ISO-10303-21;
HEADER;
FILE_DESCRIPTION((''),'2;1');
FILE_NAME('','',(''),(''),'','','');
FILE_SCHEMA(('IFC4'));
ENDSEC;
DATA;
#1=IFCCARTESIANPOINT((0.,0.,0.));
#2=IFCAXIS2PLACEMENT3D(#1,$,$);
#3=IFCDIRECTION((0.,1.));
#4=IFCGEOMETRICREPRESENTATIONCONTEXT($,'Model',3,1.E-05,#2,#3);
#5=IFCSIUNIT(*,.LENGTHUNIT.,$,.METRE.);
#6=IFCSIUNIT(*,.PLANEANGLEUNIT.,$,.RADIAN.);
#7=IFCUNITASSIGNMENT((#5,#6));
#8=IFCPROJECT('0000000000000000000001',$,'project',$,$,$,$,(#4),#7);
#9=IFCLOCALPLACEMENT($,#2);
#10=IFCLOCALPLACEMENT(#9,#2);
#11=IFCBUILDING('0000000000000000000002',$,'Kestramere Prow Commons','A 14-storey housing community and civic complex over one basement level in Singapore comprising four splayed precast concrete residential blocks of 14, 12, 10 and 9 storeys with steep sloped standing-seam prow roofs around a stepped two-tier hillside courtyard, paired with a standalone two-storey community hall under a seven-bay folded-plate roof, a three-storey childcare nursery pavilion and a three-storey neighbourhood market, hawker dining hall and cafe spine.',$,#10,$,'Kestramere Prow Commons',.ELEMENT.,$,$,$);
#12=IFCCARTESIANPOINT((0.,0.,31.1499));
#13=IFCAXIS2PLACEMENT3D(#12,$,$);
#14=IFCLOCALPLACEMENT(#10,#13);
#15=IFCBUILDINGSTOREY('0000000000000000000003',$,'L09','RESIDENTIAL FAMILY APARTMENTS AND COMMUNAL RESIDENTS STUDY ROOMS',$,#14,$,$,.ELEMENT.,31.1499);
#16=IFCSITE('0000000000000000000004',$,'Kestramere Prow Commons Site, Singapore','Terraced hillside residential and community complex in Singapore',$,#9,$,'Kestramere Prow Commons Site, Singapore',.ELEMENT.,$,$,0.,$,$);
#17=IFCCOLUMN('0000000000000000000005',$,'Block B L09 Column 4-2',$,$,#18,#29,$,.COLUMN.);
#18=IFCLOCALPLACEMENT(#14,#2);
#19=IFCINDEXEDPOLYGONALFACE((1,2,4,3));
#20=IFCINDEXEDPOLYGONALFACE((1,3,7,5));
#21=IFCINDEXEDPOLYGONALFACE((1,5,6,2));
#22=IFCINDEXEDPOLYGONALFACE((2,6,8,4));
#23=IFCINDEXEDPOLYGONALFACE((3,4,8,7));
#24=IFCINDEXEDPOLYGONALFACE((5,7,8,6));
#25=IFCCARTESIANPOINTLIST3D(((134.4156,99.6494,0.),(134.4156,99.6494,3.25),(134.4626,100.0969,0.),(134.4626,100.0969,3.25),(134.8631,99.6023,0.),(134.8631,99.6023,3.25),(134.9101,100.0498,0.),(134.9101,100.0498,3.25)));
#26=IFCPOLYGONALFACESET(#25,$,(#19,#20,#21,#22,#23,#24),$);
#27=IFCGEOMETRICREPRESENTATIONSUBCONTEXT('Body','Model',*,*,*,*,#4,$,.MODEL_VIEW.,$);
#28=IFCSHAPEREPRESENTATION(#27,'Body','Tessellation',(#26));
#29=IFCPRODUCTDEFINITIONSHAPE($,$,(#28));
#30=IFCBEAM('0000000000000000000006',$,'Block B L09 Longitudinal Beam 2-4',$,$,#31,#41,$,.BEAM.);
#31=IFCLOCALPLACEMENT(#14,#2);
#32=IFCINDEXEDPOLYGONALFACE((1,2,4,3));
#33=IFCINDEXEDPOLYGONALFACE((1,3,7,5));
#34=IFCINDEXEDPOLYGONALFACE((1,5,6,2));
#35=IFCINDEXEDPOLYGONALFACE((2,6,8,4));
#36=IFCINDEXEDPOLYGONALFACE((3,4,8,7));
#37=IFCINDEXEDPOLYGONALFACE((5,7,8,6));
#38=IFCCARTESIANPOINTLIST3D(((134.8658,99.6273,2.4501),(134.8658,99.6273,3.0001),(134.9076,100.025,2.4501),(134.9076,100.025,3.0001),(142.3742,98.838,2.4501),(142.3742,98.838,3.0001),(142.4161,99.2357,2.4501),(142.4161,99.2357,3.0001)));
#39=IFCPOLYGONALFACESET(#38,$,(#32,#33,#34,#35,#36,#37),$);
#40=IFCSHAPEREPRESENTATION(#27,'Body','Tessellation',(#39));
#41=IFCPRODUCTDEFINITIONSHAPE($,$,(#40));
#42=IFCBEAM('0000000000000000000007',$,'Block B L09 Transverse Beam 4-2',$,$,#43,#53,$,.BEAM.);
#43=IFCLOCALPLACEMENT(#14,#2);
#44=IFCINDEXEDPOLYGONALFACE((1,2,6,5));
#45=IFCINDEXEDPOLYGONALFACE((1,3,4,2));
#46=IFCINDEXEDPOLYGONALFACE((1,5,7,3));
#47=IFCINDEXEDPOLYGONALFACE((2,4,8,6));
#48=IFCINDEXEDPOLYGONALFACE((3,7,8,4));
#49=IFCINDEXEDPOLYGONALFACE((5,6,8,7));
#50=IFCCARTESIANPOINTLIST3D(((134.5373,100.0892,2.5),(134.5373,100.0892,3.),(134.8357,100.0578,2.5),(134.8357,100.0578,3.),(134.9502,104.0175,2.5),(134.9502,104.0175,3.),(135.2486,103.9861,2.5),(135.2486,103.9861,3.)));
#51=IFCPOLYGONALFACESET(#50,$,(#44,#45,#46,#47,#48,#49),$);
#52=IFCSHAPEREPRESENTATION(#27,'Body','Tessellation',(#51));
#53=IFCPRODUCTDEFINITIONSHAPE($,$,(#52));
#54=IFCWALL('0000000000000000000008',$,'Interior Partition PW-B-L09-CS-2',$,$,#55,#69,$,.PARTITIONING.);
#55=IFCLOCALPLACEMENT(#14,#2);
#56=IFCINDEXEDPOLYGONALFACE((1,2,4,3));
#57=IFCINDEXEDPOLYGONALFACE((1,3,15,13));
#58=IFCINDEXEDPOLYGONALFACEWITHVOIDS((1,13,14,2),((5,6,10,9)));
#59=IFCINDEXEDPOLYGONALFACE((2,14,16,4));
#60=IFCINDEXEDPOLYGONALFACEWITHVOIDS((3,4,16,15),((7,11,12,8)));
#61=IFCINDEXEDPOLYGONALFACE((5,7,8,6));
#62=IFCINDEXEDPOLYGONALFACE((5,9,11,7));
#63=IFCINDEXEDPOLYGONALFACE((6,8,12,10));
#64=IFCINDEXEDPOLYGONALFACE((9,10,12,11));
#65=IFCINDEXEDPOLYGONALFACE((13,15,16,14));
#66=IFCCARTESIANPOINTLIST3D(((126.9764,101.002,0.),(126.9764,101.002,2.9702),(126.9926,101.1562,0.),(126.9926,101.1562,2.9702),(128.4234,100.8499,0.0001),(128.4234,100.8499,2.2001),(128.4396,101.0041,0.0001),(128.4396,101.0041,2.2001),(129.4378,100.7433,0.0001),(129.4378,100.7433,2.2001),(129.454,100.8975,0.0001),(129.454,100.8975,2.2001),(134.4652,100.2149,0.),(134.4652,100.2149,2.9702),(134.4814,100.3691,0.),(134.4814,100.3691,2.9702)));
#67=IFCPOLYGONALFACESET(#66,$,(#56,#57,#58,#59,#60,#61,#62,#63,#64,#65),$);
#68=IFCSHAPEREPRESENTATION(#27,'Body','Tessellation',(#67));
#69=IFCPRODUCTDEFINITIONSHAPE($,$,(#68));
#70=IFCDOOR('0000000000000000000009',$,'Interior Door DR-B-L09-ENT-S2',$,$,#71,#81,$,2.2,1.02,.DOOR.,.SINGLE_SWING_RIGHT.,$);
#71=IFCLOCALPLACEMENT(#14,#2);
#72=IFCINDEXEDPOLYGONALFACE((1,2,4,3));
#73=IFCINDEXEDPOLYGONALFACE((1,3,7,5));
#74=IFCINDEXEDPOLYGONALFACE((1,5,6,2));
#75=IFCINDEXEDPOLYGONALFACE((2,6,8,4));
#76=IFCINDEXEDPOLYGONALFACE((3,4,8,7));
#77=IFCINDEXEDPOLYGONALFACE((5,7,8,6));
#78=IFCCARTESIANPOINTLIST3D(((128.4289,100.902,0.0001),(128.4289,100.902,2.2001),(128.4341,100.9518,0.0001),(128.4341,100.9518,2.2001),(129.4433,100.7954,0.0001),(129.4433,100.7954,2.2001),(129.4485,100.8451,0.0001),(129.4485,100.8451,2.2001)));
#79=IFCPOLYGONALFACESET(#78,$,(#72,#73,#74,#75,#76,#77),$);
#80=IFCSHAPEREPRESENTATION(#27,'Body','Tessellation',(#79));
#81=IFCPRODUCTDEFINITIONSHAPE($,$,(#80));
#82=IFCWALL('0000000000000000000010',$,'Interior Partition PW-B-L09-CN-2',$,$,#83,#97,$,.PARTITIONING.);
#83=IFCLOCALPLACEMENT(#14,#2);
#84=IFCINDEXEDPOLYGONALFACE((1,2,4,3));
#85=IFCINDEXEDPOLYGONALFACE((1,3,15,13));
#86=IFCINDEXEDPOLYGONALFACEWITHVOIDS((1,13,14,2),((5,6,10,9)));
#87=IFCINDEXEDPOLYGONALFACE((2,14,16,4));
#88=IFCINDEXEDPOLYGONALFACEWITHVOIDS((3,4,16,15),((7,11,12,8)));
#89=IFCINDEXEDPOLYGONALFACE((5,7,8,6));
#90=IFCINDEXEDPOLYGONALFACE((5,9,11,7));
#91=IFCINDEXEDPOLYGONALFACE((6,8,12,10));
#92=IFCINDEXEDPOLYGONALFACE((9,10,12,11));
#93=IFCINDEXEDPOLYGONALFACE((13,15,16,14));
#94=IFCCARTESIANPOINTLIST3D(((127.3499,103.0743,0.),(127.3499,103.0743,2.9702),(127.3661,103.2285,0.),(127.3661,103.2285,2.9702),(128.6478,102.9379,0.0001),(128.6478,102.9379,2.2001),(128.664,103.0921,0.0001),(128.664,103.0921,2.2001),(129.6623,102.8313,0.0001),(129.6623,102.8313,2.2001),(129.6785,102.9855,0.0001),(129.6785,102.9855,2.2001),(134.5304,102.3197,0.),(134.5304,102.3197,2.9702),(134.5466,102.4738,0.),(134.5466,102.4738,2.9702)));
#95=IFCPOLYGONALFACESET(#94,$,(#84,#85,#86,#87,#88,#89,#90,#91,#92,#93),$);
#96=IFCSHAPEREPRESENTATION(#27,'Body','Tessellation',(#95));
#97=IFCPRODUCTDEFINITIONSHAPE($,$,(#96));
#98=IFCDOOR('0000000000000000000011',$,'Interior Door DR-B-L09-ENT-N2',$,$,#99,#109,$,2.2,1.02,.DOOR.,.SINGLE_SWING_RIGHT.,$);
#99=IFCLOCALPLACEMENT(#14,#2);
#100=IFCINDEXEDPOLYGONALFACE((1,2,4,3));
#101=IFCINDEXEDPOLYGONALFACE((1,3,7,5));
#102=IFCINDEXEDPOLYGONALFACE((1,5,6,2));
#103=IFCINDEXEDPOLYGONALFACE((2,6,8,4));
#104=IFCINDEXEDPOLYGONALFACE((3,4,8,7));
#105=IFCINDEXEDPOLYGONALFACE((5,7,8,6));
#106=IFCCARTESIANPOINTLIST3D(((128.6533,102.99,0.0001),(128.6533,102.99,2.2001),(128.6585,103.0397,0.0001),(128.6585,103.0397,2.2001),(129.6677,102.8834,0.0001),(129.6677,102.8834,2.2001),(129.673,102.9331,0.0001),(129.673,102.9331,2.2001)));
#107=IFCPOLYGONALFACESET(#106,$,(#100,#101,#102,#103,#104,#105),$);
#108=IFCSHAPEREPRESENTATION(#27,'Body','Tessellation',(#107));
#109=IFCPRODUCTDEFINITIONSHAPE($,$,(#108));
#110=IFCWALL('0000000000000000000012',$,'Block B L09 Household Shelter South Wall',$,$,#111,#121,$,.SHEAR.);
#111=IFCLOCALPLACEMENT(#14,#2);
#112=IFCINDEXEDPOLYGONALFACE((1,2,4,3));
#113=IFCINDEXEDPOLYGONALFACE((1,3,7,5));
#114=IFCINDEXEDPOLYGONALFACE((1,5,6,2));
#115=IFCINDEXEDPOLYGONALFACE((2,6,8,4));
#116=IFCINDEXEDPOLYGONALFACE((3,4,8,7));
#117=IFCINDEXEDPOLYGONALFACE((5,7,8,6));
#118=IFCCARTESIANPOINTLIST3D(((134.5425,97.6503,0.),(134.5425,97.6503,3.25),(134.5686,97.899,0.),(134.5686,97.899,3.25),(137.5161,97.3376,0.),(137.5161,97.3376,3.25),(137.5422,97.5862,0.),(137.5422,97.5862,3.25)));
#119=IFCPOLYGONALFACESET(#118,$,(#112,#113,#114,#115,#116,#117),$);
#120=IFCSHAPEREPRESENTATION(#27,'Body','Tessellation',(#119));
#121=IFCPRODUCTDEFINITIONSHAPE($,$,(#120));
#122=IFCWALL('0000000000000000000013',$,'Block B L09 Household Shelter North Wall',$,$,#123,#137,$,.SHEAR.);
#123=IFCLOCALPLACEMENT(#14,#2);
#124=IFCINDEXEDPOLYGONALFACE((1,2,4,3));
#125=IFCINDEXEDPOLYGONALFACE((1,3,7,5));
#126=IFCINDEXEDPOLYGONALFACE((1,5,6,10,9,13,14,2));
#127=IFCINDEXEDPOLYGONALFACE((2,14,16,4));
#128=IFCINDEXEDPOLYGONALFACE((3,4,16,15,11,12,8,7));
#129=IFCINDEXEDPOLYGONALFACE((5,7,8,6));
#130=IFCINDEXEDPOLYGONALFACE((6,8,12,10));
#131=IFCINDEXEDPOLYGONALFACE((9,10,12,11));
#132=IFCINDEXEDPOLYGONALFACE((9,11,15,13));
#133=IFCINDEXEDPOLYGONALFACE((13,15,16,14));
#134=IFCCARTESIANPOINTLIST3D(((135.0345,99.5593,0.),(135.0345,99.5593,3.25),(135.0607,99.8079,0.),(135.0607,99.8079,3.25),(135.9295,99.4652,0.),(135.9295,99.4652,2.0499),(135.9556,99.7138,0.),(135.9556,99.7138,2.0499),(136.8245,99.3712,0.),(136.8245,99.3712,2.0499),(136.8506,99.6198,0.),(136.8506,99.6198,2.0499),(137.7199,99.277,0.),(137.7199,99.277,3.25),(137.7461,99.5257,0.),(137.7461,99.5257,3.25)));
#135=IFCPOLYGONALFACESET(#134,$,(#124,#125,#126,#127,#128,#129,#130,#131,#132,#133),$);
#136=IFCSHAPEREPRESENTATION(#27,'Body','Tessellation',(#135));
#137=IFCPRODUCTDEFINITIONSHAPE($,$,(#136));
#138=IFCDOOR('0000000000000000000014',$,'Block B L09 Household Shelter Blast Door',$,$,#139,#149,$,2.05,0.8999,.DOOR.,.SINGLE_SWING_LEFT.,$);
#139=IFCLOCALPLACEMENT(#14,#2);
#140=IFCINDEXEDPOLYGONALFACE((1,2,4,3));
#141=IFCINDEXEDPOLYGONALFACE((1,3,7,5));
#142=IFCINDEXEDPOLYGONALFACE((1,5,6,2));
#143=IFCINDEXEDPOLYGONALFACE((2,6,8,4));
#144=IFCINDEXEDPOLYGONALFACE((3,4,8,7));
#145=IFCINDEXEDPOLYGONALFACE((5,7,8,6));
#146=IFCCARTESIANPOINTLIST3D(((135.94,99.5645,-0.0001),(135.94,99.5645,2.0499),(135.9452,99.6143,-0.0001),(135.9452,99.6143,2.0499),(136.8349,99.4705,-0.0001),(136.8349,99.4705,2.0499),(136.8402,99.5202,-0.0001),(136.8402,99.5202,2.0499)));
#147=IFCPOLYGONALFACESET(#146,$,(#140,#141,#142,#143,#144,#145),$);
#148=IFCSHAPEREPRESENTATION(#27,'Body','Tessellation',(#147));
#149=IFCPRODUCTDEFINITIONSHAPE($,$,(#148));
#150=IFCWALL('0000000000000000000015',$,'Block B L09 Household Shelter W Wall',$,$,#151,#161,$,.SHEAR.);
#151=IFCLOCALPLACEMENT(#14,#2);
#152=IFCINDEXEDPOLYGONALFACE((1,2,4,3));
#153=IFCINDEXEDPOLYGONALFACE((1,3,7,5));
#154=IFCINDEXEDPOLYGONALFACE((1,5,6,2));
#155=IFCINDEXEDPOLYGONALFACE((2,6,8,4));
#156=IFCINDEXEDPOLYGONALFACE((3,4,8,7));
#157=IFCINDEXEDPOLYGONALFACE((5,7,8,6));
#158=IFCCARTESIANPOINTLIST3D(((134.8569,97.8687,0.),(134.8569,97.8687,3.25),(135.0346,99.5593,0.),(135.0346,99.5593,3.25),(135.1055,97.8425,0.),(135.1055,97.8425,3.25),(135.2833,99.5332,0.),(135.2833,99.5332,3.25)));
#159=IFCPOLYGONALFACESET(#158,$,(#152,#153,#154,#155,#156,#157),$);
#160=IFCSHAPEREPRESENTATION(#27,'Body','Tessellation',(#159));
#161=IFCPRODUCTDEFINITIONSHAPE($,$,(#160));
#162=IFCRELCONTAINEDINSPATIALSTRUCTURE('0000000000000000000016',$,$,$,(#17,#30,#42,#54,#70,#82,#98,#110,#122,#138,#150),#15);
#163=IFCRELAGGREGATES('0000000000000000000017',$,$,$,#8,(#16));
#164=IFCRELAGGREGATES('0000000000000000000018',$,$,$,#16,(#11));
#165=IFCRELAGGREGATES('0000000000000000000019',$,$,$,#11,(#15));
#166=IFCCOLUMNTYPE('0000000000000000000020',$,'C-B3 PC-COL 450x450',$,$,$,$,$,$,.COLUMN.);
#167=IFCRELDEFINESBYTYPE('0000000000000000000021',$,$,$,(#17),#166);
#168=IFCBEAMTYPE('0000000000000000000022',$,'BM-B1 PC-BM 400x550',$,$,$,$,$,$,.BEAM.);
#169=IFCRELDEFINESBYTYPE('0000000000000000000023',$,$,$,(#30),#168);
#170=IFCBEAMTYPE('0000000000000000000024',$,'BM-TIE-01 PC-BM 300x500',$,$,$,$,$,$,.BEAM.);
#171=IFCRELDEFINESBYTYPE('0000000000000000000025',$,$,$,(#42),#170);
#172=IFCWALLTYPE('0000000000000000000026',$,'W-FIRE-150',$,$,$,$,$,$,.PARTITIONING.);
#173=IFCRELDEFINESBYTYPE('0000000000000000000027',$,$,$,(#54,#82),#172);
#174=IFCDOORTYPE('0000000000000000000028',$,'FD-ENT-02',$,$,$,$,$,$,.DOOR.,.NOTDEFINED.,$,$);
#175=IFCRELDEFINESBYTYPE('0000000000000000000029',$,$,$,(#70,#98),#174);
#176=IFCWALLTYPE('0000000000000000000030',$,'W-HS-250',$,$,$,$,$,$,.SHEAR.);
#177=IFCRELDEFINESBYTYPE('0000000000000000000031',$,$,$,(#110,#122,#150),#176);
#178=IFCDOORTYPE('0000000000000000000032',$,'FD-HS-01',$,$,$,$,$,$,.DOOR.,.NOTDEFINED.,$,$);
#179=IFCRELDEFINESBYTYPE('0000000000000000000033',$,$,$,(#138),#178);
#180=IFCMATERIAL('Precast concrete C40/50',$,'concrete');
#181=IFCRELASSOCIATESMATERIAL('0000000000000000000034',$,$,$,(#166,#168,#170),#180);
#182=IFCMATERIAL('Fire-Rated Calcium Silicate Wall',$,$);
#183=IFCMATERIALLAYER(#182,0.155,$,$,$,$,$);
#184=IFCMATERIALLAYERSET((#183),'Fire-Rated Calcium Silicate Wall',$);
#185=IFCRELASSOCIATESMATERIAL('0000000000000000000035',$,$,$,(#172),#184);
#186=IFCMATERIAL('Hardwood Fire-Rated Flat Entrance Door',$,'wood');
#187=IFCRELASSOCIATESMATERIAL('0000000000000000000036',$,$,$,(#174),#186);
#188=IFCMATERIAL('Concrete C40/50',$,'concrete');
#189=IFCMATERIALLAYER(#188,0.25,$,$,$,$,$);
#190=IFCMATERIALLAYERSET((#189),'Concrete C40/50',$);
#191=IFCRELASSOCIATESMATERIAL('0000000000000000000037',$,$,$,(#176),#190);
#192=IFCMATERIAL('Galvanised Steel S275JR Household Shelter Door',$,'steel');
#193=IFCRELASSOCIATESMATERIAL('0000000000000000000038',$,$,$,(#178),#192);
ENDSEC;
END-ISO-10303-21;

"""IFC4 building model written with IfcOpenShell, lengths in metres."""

from ifc_helpers import new_model, si_unit, direction, frame, frame_2d, origin, origin_2d, place, context, subcontext, project, spatial, rectangle, extrude, material, layer, layer_set, material_profile, profile_set, type_object, element, fill, save


model = new_model("IFC4")

# Units and contexts
model_context = context("Model", 3, precision=1e-05, world=origin(), true_north=direction((0.0, 1.0)))
body_context = subcontext(model_context, "Body", "Model", "MODEL_VIEW")
ifc_project = project(units=[si_unit("LENGTHUNIT", "METRE"), si_unit("PLANEANGLEUNIT", "RADIAN")], contexts=[model_context])

# Site, building, storey
site_placement = place(None, origin())
site = spatial("IfcSite", under=ifc_project, at=site_placement, Name="Kestramere Prow Commons Site, Singapore", Description="Terraced hillside residential and community complex in Singapore", LongName="Kestramere Prow Commons Site, Singapore", CompositionType="ELEMENT", RefElevation=0.0)
building_placement = place(site_placement, origin())
building = spatial("IfcBuilding", under=site, at=building_placement, Name="Kestramere Prow Commons", Description="A 14-storey housing community and civic complex over one basement level in Singapore comprising four splayed precast concrete residential blocks of 14, 12, 10 and 9 storeys with steep sloped standing-seam prow roofs around a stepped two-tier hillside courtyard, paired with a standalone two-storey community hall under a seven-bay folded-plate roof, a three-storey childcare nursery pavilion and a three-storey neighbourhood market, hawker dining hall and cafe spine.", LongName="Kestramere Prow Commons", CompositionType="ELEMENT")
storey_placement = place(building_placement, frame((0.0, 0.0, 31.1499)))
storey = spatial("IfcBuildingStorey", under=building, at=storey_placement, Name="L09", Description="RESIDENTIAL FAMILY APARTMENTS AND COMMUNAL RESIDENTS STUDY ROOMS", CompositionType="ELEMENT", Elevation=31.1499)

# Column
ifc_material_1 = material(Name="Precast concrete C40/50", Category="concrete")
ifc_material_profile_1 = material_profile(ifc_material_1, rectangle(XDim=0.45, YDim=0.45, at=origin_2d()), Name="PC-COL 450x450")
ifc_profile_set_1 = profile_set([ifc_material_profile_1], Name="Precast concrete C40/50")
column_type = type_object("IfcColumnType", Name="C-B3 PC-COL 450x450", PredefinedType="COLUMN", material=ifc_profile_set_1)
column_placement = place(storey_placement, frame((134.6628, 99.8496, 0.0), z_axis=(0.0, 0.0, 1.0), x_axis=(0.994522, -0.104528, 0.0)))
element("IfcColumn", 1, at=column_placement, inside=storey, type_object=column_type, Name="Block B L09 Column 4-2", PredefinedType="COLUMN", context=body_context, shape_type="SweptSolid", body=[
    extrude(rectangle(XDim=0.45, YDim=0.45, at=origin_2d()), origin(), (0.0, 0.0, 1.0), 3.25),
])

# Beams
ifc_material_profile_2 = material_profile(ifc_material_1, rectangle(XDim=0.3999, YDim=0.55, at=origin_2d()), Name="PC-BM 400x550")
ifc_profile_set_2 = profile_set([ifc_material_profile_2], Name="Precast concrete C40/50")
beam_type_1 = type_object("IfcBeamType", Name="BM-B1 PC-BM 400x550", PredefinedType="BEAM", material=ifc_profile_set_2)
beam_1_placement = place(storey_placement, frame((134.8867, 99.8262, 2.7251), z_axis=(0.99452, -0.104545, 0.0), x_axis=(0.104545, 0.99452, 0.0)))
element("IfcBeam", 2, at=beam_1_placement, inside=storey, type_object=beam_type_1, Name="Block B L09 Longitudinal Beam 2-4", PredefinedType="BEAM", context=body_context, shape_type="SweptSolid", body=[
    extrude(rectangle(XDim=0.3999, YDim=0.55, at=origin_2d()), origin(), (0.0, 0.0, 1.0), 7.5498),
])
ifc_material_profile_3 = material_profile(ifc_material_1, rectangle(XDim=0.3, YDim=0.5, at=origin_2d()), Name="PC-BM 300x500")
ifc_profile_set_3 = profile_set([ifc_material_profile_3], Name="Precast concrete C40/50")
beam_type_2 = type_object("IfcBeamType", Name="BM-TIE-01 PC-BM 300x500", PredefinedType="BEAM", material=ifc_profile_set_3)
beam_2_placement = place(storey_placement, frame((134.6865, 100.0735, 2.75), z_axis=(0.104521, 0.994523, 0.0), x_axis=(-0.994523, 0.104521, 0.0)))
element("IfcBeam", 3, at=beam_2_placement, inside=storey, type_object=beam_type_2, Name="Block B L09 Transverse Beam 4-2", PredefinedType="BEAM", context=body_context, shape_type="SweptSolid", body=[
    extrude(rectangle(XDim=0.3, YDim=0.5, at=origin_2d()), origin(), (0.0, 0.0, 1.0), 3.95),
])

# Walls, openings, doors
ifc_material_2 = material(Name="Fire-Rated Calcium Silicate Wall")
ifc_layer_1 = layer(ifc_material_2, 0.155)
ifc_layer_set_1 = layer_set([ifc_layer_1], Name="Fire-Rated Calcium Silicate Wall")
wall_type_1 = type_object("IfcWallType", Name="W-FIRE-150", PredefinedType="PARTITIONING", material=ifc_layer_set_1)
wall_1_placement = place(storey_placement, frame((126.9844, 101.0791, 0.0), z_axis=(0.0, 0.0, 1.0), x_axis=(0.994522, -0.10453, 0.0)))
wall_1 = element("IfcWall", 4, at=wall_1_placement, inside=storey, type_object=wall_type_1, Name="Interior Partition PW-B-L09-CS-2", PredefinedType="PARTITIONING", context=body_context, shape_type="SweptSolid", body=[
    extrude(rectangle(XDim=7.53, YDim=0.155, at=frame_2d((3.7651, 0.0))), origin(), (0.0, 0.0, 1.0), 2.9702),
])
opening_1_placement = place(wall_1_placement, frame((1.4551, 0.0, 0.0)))
opening_1 = element("IfcOpeningElement", 5, at=opening_1_placement, cuts=wall_1, PredefinedType="OPENING", context=body_context, shape_type="SweptSolid", body=[
    extrude(rectangle(XDim=1.02, YDim=2.2, at=frame_2d((0.51, 1.1001))), frame((0.0, 0.0925, 0.0), z_axis=(0.0, -1.0, 0.0), x_axis=(1.0, 0.0, 0.0)), (0.0, 0.0, 1.0), 0.1851),
])
ifc_material_3 = material(Name="Hardwood Fire-Rated Flat Entrance Door", Category="wood")
door_type_1 = type_object("IfcDoorType", Name="FD-ENT-02", OperationType="NOTDEFINED", PredefinedType="DOOR", material=ifc_material_3)
door_1_placement = place(opening_1_placement, origin())
door_1 = element("IfcDoor", 6, at=door_1_placement, inside=storey, type_object=door_type_1, Name="Interior Door DR-B-L09-ENT-S2", OperationType="SINGLE_SWING_RIGHT", OverallHeight=2.2, OverallWidth=1.02, PredefinedType="DOOR", context=body_context, shape_type="SweptSolid", body=[
    extrude(rectangle(XDim=1.02, YDim=2.2, at=frame_2d((0.51, 1.1001))), frame((0.0, 0.0249, 0.0), z_axis=(0.0, -1.0, 0.0), x_axis=(1.0, 0.0, 0.0)), (0.0, 0.0, 1.0), 0.05),
])
fill(opening_1, door_1)
wall_2_placement = place(storey_placement, frame((127.3582, 103.1514, 0.0), z_axis=(0.0, 0.0, 1.0), x_axis=(0.994523, -0.104521, 0.0)))
wall_2 = element("IfcWall", 7, at=wall_2_placement, inside=storey, type_object=wall_type_1, Name="Interior Partition PW-B-L09-CN-2", PredefinedType="PARTITIONING", context=body_context, shape_type="SweptSolid", body=[
    extrude(rectangle(XDim=7.22, YDim=0.155, at=frame_2d((3.6099, 0.0))), origin(), (0.0, 0.0, 1.0), 2.9702),
])
opening_2_placement = place(wall_2_placement, frame((1.3049, 0.0, 0.0)))
opening_2 = element("IfcOpeningElement", 8, at=opening_2_placement, cuts=wall_2, PredefinedType="OPENING", context=body_context, shape_type="SweptSolid", body=[
    extrude(rectangle(XDim=1.02, YDim=2.2, at=frame_2d((0.51, 1.1001))), frame((0.0, 0.0925, 0.0), z_axis=(0.0, -1.0, 0.0), x_axis=(1.0, 0.0, 0.0)), (0.0, 0.0, 1.0), 0.1851),
])
door_2_placement = place(opening_2_placement, origin())
door_2 = element("IfcDoor", 9, at=door_2_placement, inside=storey, type_object=door_type_1, Name="Interior Door DR-B-L09-ENT-N2", OperationType="SINGLE_SWING_RIGHT", OverallHeight=2.2, OverallWidth=1.02, PredefinedType="DOOR", context=body_context, shape_type="SweptSolid", body=[
    extrude(rectangle(XDim=1.02, YDim=2.2, at=frame_2d((0.51, 1.1001))), frame((0.0, 0.0249, 0.0), z_axis=(0.0, -1.0, 0.0), x_axis=(1.0, 0.0, 0.0)), (0.0, 0.0, 1.0), 0.05),
])
fill(opening_2, door_2)

# Wall
ifc_material_4 = material(Name="Concrete C40/50", Category="concrete")
ifc_layer_2 = layer(ifc_material_4, 0.25)
ifc_layer_set_2 = layer_set([ifc_layer_2], Name="Concrete C40/50")
wall_type_2 = type_object("IfcWallType", Name="W-HS-250", PredefinedType="SHEAR", material=ifc_layer_set_2)
wall_3_placement = place(storey_placement, frame((134.5554, 97.7747, 0.0), z_axis=(0.0, 0.0, 1.0), x_axis=(0.994515, -0.104596, 0.0)))
element("IfcWall", 10, at=wall_3_placement, inside=storey, type_object=wall_type_2, Name="Block B L09 Household Shelter South Wall", PredefinedType="SHEAR", context=body_context, shape_type="SweptSolid", body=[
    extrude(rectangle(XDim=2.99, YDim=0.25, at=frame_2d((1.4951, 0.0))), origin(), (0.0, 0.0, 1.0), 3.25),
])

# Wall, opening, door
wall_4_placement = place(storey_placement, frame((135.0476, 99.6836, 0.0), z_axis=(0.0, 0.0, 1.0), x_axis=(0.994522, -0.104525, 0.0)))
wall_4 = element("IfcWall", 11, at=wall_4_placement, inside=storey, type_object=wall_type_2, Name="Block B L09 Household Shelter North Wall", PredefinedType="SHEAR", context=body_context, shape_type="SweptSolid", body=[
    extrude(rectangle(XDim=2.7002, YDim=0.25, at=frame_2d((1.3501, 0.0))), origin(), (0.0, 0.0, 1.0), 3.25),
])
opening_3_placement = place(wall_4_placement, frame((0.8999, 0.0, 0.0)))
opening_3 = element("IfcOpeningElement", 12, at=opening_3_placement, cuts=wall_4, PredefinedType="OPENING", context=body_context, shape_type="SweptSolid", body=[
    extrude(rectangle(XDim=0.8999, YDim=2.05, at=frame_2d((0.45, 1.0249))), frame((0.0, 0.1399, 0.0), z_axis=(0.0, -1.0, 0.0), x_axis=(1.0, 0.0, 0.0)), (0.0, 0.0, 1.0), 0.28),
])
ifc_material_5 = material(Name="Galvanised Steel S275JR Household Shelter Door", Category="steel")
door_type_2 = type_object("IfcDoorType", Name="FD-HS-01", OperationType="NOTDEFINED", PredefinedType="DOOR", material=ifc_material_5)
door_3_placement = place(opening_3_placement, origin())
door_3 = element("IfcDoor", 13, at=door_3_placement, inside=storey, type_object=door_type_2, Name="Block B L09 Household Shelter Blast Door", OperationType="SINGLE_SWING_LEFT", OverallHeight=2.05, OverallWidth=0.8999, PredefinedType="DOOR", context=body_context, shape_type="SweptSolid", body=[
    extrude(rectangle(XDim=0.8999, YDim=2.05, at=frame_2d((0.45, 1.0249))), frame((0.0, 0.0249, 0.0), z_axis=(0.0, -1.0, 0.0), x_axis=(1.0, 0.0, 0.0)), (0.0, 0.0, 1.0), 0.05),
])
fill(opening_3, door_3)

# Wall
wall_5_placement = place(storey_placement, frame((134.9812, 97.8555, 0.0), z_axis=(0.0, 0.0, 1.0), x_axis=(0.10455, 0.99452, 0.0)))
element("IfcWall", 14, at=wall_5_placement, inside=storey, type_object=wall_type_2, Name="Block B L09 Household Shelter W Wall", PredefinedType="SHEAR", context=body_context, shape_type="SweptSolid", body=[
    extrude(rectangle(XDim=1.7, YDim=0.25, at=frame_2d((0.8501, 0.0))), origin(), (0.0, 0.0, 1.0), 3.25),
])

save(model, "model.ifc")
